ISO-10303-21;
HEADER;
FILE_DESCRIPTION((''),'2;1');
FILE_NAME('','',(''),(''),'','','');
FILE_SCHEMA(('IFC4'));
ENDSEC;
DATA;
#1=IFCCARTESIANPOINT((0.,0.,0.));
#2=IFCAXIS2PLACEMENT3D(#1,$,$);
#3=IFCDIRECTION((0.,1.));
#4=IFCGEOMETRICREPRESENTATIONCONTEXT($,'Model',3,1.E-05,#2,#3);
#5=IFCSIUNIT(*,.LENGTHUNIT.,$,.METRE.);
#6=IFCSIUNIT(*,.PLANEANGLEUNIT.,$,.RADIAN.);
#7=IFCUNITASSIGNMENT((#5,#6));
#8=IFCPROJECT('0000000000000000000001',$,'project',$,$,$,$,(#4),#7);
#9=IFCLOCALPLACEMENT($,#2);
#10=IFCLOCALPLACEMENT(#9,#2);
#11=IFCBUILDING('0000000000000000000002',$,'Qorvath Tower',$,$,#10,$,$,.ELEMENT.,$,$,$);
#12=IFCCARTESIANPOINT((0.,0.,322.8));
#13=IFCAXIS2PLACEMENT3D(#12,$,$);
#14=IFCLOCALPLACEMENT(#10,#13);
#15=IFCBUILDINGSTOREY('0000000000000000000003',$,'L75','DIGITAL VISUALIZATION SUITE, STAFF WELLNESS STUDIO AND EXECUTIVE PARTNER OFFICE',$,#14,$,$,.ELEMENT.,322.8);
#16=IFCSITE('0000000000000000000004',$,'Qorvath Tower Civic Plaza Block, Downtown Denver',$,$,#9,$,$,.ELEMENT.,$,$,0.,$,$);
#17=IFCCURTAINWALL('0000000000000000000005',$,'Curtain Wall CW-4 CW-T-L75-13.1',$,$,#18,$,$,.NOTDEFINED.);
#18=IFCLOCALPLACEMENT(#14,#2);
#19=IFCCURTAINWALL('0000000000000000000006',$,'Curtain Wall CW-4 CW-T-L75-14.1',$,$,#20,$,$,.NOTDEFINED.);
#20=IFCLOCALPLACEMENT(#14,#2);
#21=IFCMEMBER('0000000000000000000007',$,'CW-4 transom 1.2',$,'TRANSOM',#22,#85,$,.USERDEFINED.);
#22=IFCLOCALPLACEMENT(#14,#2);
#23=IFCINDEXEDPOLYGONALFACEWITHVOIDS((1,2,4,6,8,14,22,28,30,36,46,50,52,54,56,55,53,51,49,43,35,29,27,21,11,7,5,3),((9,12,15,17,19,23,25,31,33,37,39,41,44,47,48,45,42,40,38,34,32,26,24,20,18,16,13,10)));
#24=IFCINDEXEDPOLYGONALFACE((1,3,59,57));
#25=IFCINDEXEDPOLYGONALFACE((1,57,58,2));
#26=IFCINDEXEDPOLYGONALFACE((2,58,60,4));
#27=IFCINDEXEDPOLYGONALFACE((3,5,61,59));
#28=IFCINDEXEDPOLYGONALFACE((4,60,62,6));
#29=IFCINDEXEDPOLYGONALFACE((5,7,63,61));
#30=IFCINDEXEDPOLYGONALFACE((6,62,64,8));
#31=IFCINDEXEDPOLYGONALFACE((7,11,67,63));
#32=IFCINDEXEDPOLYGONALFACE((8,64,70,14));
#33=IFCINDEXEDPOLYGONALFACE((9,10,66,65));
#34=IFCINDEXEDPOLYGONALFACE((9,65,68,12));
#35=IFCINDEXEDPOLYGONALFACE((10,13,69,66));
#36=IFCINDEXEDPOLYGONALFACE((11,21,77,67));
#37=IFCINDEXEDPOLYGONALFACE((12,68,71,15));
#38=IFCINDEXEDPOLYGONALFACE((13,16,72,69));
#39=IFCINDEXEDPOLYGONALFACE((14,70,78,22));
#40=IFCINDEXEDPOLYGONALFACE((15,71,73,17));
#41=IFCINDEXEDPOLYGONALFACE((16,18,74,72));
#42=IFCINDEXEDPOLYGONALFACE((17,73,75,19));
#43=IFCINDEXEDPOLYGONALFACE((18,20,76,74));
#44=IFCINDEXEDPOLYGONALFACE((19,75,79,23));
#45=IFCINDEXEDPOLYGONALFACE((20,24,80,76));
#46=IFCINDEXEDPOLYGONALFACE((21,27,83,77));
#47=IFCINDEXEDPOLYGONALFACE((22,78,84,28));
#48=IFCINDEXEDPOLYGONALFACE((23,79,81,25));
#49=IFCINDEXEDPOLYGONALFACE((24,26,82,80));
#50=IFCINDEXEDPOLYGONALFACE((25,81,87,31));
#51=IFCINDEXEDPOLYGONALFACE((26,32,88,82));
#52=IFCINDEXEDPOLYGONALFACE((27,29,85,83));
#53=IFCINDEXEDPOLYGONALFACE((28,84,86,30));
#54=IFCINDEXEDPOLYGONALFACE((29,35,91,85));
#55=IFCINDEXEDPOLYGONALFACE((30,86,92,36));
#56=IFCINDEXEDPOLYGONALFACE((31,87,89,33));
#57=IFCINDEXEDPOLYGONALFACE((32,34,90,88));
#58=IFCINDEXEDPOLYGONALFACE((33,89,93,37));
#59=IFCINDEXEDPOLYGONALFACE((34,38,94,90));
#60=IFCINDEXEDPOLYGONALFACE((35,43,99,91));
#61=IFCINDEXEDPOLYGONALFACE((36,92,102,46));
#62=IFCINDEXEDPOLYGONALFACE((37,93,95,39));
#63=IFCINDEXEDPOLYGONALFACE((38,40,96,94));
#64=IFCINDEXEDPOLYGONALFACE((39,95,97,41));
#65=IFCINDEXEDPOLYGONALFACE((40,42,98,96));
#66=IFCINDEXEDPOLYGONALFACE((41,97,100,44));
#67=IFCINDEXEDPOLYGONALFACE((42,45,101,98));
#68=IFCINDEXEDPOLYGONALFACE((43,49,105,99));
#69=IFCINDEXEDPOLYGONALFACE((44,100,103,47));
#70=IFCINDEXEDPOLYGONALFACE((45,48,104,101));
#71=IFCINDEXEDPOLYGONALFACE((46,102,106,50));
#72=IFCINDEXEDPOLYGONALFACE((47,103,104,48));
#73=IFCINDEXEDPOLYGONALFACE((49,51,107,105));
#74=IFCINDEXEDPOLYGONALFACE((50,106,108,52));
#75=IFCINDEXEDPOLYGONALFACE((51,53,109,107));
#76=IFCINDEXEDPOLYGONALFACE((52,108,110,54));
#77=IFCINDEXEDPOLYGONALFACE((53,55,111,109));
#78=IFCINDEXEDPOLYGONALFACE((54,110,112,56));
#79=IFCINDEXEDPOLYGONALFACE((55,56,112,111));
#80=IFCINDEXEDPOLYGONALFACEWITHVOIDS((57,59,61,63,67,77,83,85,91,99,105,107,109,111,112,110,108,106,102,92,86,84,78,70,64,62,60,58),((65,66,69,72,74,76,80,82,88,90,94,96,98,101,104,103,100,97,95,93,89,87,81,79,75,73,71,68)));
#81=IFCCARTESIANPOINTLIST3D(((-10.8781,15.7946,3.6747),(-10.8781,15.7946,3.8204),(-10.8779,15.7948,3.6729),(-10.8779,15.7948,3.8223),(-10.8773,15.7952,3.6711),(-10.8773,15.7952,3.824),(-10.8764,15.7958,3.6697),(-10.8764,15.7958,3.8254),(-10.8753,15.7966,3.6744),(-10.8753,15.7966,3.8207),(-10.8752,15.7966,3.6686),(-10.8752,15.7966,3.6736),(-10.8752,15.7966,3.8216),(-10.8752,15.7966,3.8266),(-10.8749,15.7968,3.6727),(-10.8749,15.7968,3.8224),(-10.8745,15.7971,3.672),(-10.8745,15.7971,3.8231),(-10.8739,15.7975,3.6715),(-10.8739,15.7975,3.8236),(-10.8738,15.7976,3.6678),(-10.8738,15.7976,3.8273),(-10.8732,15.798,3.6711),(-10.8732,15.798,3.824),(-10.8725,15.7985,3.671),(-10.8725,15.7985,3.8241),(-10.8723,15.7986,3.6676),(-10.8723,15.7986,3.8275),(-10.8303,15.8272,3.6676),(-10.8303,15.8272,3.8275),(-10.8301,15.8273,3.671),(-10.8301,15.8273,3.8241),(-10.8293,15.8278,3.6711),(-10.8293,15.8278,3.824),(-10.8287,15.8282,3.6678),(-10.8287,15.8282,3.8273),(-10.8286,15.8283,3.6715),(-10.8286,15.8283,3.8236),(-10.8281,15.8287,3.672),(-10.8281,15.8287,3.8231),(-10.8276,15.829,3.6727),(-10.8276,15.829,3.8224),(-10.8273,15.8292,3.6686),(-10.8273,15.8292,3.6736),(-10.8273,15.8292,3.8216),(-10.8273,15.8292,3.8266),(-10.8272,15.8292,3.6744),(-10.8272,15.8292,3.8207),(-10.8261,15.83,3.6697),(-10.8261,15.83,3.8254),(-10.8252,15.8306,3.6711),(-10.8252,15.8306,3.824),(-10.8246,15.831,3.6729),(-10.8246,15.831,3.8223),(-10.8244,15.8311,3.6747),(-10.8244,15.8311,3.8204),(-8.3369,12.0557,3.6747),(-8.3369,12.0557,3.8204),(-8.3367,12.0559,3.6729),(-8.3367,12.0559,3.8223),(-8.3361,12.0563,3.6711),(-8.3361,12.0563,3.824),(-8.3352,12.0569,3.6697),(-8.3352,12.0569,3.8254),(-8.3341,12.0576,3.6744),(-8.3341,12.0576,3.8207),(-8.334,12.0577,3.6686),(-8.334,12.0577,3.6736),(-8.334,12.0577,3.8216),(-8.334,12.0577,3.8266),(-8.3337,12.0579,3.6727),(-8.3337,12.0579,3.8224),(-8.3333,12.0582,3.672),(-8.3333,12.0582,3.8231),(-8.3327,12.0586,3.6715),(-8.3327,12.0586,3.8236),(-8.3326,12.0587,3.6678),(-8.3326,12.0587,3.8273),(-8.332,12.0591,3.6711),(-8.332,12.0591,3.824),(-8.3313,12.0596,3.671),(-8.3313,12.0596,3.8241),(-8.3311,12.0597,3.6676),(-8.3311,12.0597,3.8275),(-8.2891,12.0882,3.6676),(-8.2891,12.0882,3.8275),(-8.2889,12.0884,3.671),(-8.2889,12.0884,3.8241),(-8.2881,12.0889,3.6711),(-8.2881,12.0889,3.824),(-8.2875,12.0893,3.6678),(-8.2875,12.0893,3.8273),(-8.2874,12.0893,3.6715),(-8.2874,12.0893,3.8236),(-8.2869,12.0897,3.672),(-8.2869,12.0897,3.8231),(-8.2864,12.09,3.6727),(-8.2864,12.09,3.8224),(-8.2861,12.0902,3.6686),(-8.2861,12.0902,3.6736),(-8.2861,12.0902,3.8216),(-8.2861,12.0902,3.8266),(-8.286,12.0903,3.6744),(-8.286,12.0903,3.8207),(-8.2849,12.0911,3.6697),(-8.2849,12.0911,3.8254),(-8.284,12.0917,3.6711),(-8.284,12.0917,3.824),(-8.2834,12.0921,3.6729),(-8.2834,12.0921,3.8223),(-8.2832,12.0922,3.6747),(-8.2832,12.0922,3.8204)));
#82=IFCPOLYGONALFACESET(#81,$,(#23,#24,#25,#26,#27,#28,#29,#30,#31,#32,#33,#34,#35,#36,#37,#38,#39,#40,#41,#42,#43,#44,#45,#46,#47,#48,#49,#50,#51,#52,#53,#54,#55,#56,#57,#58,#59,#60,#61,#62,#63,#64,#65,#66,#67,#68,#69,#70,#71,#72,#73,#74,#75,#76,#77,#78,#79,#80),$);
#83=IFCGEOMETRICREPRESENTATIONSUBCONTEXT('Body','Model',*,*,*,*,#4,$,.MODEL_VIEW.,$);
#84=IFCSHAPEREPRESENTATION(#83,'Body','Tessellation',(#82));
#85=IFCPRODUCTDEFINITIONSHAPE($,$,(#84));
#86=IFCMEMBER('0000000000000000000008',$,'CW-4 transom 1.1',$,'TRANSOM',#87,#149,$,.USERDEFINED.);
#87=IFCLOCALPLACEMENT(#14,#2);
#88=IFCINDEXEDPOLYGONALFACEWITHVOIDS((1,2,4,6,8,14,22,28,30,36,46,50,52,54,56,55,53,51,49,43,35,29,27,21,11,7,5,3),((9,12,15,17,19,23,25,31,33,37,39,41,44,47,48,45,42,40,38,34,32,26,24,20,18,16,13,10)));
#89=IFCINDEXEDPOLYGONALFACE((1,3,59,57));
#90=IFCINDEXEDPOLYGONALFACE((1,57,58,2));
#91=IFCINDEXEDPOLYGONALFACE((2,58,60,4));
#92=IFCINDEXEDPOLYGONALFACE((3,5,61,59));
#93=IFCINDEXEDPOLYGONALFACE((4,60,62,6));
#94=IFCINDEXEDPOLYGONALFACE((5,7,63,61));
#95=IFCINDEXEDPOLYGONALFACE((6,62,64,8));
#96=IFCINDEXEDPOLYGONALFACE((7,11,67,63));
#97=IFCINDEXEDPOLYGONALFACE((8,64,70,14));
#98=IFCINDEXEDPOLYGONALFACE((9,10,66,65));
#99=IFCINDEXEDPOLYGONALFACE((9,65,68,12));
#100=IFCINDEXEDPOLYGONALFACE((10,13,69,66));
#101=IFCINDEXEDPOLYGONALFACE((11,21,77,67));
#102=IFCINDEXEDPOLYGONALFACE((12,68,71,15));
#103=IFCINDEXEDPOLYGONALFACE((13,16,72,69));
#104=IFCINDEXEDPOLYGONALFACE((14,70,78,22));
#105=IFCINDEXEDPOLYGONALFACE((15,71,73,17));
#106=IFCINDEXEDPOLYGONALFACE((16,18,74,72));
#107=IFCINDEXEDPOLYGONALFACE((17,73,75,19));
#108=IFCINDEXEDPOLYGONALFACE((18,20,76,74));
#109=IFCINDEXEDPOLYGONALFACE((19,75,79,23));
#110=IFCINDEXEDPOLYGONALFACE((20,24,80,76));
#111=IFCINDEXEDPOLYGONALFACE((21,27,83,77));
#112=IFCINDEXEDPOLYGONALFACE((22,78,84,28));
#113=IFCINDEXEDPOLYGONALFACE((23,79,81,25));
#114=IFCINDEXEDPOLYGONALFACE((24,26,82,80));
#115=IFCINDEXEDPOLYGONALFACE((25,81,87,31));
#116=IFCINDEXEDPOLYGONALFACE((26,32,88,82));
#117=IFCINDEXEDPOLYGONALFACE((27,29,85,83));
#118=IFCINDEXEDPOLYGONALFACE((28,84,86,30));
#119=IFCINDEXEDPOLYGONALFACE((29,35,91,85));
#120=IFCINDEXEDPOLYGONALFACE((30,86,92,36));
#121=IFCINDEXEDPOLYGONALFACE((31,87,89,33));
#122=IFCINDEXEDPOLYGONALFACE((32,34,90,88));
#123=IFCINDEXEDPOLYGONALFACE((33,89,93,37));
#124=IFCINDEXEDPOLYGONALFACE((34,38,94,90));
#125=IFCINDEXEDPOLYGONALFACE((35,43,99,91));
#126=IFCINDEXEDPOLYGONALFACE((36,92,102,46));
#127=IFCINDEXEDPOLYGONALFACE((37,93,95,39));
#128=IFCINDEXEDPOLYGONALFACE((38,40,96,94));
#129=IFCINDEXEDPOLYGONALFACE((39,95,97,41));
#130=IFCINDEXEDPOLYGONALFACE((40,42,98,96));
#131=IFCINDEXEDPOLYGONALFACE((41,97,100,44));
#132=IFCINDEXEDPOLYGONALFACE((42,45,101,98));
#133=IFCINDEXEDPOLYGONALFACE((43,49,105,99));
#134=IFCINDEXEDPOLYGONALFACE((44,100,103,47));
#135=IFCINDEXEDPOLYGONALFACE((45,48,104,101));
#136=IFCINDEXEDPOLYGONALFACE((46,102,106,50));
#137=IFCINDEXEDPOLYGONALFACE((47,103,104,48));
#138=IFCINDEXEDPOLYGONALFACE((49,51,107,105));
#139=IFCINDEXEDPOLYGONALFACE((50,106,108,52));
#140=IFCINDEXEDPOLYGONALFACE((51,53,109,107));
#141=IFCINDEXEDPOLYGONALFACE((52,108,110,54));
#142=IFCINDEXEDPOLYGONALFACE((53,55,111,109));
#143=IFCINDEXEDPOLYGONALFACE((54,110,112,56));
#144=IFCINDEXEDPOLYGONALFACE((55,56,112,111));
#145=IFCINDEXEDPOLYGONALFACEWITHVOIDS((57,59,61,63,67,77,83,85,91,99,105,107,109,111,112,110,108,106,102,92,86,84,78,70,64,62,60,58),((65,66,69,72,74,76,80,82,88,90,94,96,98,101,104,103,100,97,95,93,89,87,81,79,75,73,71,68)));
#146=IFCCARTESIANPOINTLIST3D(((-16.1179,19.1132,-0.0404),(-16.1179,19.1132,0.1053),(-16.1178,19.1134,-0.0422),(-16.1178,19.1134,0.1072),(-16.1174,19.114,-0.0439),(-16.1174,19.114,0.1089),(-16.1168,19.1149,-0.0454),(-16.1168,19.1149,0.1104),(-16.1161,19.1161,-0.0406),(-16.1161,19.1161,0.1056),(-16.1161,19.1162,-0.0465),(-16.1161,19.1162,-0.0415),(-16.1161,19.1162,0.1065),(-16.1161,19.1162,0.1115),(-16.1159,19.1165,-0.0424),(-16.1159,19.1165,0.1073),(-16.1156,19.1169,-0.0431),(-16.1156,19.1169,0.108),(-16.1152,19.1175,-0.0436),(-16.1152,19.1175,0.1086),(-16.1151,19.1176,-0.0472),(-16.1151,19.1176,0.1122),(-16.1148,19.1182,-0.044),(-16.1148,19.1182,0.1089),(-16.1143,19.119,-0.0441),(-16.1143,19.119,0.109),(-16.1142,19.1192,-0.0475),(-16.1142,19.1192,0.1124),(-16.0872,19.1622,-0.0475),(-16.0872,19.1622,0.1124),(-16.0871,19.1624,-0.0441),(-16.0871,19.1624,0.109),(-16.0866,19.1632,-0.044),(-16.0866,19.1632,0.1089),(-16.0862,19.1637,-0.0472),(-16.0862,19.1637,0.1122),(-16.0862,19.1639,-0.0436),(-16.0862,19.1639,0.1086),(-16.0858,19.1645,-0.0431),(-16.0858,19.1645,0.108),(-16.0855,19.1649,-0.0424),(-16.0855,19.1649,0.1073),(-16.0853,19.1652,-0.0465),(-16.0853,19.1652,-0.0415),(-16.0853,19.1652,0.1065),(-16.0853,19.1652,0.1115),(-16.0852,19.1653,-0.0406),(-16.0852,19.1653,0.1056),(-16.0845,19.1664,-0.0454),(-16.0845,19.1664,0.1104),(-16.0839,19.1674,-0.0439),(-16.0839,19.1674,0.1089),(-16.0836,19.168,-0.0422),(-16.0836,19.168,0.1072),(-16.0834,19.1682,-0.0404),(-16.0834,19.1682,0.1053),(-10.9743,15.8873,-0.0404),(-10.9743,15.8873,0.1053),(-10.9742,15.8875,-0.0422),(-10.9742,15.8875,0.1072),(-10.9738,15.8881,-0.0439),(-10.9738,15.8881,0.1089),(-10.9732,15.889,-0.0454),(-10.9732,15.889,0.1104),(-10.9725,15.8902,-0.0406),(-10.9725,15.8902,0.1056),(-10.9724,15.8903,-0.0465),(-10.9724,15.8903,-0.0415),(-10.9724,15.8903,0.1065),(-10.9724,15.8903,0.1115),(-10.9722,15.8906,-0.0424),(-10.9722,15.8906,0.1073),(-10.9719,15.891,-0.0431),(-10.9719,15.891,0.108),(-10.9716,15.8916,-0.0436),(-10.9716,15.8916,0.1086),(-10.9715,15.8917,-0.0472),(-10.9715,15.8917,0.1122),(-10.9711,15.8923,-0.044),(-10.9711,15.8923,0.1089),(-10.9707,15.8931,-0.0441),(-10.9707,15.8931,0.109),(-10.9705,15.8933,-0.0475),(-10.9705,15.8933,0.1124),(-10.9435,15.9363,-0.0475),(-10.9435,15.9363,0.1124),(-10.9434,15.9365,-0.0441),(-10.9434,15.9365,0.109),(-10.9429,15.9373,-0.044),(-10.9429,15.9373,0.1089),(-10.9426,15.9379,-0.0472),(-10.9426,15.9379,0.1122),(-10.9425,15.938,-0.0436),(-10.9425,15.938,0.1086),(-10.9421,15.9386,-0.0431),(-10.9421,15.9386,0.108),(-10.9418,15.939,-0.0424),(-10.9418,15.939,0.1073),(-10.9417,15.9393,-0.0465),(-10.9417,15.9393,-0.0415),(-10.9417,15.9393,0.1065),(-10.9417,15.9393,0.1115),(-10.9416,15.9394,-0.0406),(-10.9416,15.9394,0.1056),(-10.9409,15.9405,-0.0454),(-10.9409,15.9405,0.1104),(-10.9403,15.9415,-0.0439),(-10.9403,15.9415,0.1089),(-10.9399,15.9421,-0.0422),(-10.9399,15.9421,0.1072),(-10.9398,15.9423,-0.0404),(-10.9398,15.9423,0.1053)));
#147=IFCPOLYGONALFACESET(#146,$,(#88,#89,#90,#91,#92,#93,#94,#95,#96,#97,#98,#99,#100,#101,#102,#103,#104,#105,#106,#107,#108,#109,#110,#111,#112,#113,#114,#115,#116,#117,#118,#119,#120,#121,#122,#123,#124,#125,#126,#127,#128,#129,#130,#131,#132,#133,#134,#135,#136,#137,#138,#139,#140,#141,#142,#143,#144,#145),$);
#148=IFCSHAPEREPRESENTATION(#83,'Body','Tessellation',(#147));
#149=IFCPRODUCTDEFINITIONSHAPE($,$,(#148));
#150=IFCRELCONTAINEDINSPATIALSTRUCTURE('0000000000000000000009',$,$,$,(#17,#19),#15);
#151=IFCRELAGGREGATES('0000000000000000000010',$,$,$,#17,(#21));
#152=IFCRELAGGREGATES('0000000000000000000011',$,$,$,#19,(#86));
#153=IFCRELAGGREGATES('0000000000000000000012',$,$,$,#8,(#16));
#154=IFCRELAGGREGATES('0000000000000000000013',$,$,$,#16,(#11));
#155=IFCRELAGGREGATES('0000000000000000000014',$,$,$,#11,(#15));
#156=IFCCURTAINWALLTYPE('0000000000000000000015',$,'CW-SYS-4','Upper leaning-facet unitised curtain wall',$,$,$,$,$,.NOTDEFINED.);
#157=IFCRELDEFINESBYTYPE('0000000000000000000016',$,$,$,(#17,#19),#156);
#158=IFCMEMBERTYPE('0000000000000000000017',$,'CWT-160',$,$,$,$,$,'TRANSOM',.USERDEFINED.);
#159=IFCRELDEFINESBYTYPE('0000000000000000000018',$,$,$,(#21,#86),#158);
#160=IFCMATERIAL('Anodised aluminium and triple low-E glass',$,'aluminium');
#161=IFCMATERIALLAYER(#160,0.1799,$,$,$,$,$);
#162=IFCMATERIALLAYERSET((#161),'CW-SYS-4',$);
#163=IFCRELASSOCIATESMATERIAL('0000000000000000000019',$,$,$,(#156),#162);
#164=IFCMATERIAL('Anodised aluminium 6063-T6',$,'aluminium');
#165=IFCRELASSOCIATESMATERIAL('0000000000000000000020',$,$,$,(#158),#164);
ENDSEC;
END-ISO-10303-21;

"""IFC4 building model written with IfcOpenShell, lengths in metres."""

from ifc_helpers import new_model, si_unit, direction, frame, origin, origin_2d, place, context, subcontext, project, spatial, hollow_rectangle, extrude, material, layer, layer_set, material_profile, profile_set, type_object, element, aggregate, save


model = new_model("IFC4")

# Units and contexts
model_context = context("Model", 3, precision=1e-05, world=origin(), true_north=direction((0.0, 1.0)))
body_context = subcontext(model_context, "Body", "Model", "MODEL_VIEW")
ifc_project = project(units=[si_unit("LENGTHUNIT", "METRE"), si_unit("PLANEANGLEUNIT", "RADIAN")], contexts=[model_context])

# Site, building, storey
site_placement = place(None, origin())
site = spatial("IfcSite", under=ifc_project, at=site_placement, Name="Qorvath Tower Civic Plaza Block, Downtown Denver", CompositionType="ELEMENT", RefElevation=0.0)
building_placement = place(site_placement, origin())
building = spatial("IfcBuilding", under=site, at=building_placement, Name="Qorvath Tower", CompositionType="ELEMENT")
storey_placement = place(building_placement, frame((0.0, 0.0, 322.8)))
storey = spatial("IfcBuildingStorey", under=building, at=storey_placement, Name="L75", Description="DIGITAL VISUALIZATION SUITE, STAFF WELLNESS STUDIO AND EXECUTIVE PARTNER OFFICE", CompositionType="ELEMENT", Elevation=322.8)

# Shared definitions
ifc_material_1 = material(Name="Anodised aluminium and triple low-E glass", Category="aluminium")
ifc_layer_1 = layer(ifc_material_1, 0.1799)
ifc_layer_set_1 = layer_set([ifc_layer_1], Name="CW-SYS-4")
curtain_wall_type = type_object("IfcCurtainWallType", Name="CW-SYS-4", Description="Upper leaning-facet unitised curtain wall", PredefinedType="NOTDEFINED", material=ifc_layer_set_1)

# Curtain walls
curtain_wall_1_placement = place(storey_placement, origin())
curtain_wall_1 = element("IfcCurtainWall", 1, at=curtain_wall_1_placement, inside=storey, type_object=curtain_wall_type, Name="Curtain Wall CW-4 CW-T-L75-13.1", PredefinedType="NOTDEFINED")
curtain_wall_2_placement = place(storey_placement, origin())
curtain_wall_2 = element("IfcCurtainWall", 2, at=curtain_wall_2_placement, inside=storey, type_object=curtain_wall_type, Name="Curtain Wall CW-4 CW-T-L75-14.1", PredefinedType="NOTDEFINED")

# Members
ifc_material_2 = material(Name="Anodised aluminium 6063-T6", Category="aluminium")
ifc_material_profile_1 = material_profile(ifc_material_2, hollow_rectangle(XDim=0.0649, YDim=0.1599, WallThickness=0.0034, InnerFilletRadius=0.0034, OuterFilletRadius=0.0071, at=origin_2d()), Name="CWT 160x65")
ifc_profile_set_1 = profile_set([ifc_material_profile_1], Name="Anodised aluminium 6063-T6")
member_type_1 = type_object("IfcMemberType", Name="CWT-160", ElementType="TRANSOM", PredefinedType="USERDEFINED", material=ifc_profile_set_1)
member_1_placement = place(storey_placement, frame((-8.3101, 12.074, 3.7476), z_axis=(-0.562118, 0.827057, 0.0), x_axis=(-0.827057, -0.562118, 0.0)))
member_1 = element("IfcMember", 3, at=member_1_placement, type_object=member_type_1, Name="CW-4 transom 1.2", ObjectType="TRANSOM", PredefinedType="USERDEFINED", context=body_context, shape_type="SweptSolid", body=[
    extrude(hollow_rectangle(XDim=0.0649, YDim=0.1599, WallThickness=0.0034, InnerFilletRadius=0.0034, OuterFilletRadius=0.0071, at=origin_2d()), origin(), (0.0, 0.0, 1.0), 4.5208),
])
member_2_placement = place(storey_placement, frame((-10.957, 15.9148, 0.0325), z_axis=(-0.847175, 0.531314, 0.0), x_axis=(-0.531314, -0.847175, 0.0)))
member_2 = element("IfcMember", 4, at=member_2_placement, type_object=member_type_1, Name="CW-4 transom 1.1", ObjectType="TRANSOM", PredefinedType="USERDEFINED", context=body_context, shape_type="SweptSolid", body=[
    extrude(hollow_rectangle(XDim=0.0649, YDim=0.1599, WallThickness=0.0034, InnerFilletRadius=0.0034, OuterFilletRadius=0.0071, at=origin_2d()), origin(), (0.0, 0.0, 1.0), 6.0715),
])

aggregate(curtain_wall_1, [member_1])
aggregate(curtain_wall_2, [member_2])

save(model, "model.ifc")
